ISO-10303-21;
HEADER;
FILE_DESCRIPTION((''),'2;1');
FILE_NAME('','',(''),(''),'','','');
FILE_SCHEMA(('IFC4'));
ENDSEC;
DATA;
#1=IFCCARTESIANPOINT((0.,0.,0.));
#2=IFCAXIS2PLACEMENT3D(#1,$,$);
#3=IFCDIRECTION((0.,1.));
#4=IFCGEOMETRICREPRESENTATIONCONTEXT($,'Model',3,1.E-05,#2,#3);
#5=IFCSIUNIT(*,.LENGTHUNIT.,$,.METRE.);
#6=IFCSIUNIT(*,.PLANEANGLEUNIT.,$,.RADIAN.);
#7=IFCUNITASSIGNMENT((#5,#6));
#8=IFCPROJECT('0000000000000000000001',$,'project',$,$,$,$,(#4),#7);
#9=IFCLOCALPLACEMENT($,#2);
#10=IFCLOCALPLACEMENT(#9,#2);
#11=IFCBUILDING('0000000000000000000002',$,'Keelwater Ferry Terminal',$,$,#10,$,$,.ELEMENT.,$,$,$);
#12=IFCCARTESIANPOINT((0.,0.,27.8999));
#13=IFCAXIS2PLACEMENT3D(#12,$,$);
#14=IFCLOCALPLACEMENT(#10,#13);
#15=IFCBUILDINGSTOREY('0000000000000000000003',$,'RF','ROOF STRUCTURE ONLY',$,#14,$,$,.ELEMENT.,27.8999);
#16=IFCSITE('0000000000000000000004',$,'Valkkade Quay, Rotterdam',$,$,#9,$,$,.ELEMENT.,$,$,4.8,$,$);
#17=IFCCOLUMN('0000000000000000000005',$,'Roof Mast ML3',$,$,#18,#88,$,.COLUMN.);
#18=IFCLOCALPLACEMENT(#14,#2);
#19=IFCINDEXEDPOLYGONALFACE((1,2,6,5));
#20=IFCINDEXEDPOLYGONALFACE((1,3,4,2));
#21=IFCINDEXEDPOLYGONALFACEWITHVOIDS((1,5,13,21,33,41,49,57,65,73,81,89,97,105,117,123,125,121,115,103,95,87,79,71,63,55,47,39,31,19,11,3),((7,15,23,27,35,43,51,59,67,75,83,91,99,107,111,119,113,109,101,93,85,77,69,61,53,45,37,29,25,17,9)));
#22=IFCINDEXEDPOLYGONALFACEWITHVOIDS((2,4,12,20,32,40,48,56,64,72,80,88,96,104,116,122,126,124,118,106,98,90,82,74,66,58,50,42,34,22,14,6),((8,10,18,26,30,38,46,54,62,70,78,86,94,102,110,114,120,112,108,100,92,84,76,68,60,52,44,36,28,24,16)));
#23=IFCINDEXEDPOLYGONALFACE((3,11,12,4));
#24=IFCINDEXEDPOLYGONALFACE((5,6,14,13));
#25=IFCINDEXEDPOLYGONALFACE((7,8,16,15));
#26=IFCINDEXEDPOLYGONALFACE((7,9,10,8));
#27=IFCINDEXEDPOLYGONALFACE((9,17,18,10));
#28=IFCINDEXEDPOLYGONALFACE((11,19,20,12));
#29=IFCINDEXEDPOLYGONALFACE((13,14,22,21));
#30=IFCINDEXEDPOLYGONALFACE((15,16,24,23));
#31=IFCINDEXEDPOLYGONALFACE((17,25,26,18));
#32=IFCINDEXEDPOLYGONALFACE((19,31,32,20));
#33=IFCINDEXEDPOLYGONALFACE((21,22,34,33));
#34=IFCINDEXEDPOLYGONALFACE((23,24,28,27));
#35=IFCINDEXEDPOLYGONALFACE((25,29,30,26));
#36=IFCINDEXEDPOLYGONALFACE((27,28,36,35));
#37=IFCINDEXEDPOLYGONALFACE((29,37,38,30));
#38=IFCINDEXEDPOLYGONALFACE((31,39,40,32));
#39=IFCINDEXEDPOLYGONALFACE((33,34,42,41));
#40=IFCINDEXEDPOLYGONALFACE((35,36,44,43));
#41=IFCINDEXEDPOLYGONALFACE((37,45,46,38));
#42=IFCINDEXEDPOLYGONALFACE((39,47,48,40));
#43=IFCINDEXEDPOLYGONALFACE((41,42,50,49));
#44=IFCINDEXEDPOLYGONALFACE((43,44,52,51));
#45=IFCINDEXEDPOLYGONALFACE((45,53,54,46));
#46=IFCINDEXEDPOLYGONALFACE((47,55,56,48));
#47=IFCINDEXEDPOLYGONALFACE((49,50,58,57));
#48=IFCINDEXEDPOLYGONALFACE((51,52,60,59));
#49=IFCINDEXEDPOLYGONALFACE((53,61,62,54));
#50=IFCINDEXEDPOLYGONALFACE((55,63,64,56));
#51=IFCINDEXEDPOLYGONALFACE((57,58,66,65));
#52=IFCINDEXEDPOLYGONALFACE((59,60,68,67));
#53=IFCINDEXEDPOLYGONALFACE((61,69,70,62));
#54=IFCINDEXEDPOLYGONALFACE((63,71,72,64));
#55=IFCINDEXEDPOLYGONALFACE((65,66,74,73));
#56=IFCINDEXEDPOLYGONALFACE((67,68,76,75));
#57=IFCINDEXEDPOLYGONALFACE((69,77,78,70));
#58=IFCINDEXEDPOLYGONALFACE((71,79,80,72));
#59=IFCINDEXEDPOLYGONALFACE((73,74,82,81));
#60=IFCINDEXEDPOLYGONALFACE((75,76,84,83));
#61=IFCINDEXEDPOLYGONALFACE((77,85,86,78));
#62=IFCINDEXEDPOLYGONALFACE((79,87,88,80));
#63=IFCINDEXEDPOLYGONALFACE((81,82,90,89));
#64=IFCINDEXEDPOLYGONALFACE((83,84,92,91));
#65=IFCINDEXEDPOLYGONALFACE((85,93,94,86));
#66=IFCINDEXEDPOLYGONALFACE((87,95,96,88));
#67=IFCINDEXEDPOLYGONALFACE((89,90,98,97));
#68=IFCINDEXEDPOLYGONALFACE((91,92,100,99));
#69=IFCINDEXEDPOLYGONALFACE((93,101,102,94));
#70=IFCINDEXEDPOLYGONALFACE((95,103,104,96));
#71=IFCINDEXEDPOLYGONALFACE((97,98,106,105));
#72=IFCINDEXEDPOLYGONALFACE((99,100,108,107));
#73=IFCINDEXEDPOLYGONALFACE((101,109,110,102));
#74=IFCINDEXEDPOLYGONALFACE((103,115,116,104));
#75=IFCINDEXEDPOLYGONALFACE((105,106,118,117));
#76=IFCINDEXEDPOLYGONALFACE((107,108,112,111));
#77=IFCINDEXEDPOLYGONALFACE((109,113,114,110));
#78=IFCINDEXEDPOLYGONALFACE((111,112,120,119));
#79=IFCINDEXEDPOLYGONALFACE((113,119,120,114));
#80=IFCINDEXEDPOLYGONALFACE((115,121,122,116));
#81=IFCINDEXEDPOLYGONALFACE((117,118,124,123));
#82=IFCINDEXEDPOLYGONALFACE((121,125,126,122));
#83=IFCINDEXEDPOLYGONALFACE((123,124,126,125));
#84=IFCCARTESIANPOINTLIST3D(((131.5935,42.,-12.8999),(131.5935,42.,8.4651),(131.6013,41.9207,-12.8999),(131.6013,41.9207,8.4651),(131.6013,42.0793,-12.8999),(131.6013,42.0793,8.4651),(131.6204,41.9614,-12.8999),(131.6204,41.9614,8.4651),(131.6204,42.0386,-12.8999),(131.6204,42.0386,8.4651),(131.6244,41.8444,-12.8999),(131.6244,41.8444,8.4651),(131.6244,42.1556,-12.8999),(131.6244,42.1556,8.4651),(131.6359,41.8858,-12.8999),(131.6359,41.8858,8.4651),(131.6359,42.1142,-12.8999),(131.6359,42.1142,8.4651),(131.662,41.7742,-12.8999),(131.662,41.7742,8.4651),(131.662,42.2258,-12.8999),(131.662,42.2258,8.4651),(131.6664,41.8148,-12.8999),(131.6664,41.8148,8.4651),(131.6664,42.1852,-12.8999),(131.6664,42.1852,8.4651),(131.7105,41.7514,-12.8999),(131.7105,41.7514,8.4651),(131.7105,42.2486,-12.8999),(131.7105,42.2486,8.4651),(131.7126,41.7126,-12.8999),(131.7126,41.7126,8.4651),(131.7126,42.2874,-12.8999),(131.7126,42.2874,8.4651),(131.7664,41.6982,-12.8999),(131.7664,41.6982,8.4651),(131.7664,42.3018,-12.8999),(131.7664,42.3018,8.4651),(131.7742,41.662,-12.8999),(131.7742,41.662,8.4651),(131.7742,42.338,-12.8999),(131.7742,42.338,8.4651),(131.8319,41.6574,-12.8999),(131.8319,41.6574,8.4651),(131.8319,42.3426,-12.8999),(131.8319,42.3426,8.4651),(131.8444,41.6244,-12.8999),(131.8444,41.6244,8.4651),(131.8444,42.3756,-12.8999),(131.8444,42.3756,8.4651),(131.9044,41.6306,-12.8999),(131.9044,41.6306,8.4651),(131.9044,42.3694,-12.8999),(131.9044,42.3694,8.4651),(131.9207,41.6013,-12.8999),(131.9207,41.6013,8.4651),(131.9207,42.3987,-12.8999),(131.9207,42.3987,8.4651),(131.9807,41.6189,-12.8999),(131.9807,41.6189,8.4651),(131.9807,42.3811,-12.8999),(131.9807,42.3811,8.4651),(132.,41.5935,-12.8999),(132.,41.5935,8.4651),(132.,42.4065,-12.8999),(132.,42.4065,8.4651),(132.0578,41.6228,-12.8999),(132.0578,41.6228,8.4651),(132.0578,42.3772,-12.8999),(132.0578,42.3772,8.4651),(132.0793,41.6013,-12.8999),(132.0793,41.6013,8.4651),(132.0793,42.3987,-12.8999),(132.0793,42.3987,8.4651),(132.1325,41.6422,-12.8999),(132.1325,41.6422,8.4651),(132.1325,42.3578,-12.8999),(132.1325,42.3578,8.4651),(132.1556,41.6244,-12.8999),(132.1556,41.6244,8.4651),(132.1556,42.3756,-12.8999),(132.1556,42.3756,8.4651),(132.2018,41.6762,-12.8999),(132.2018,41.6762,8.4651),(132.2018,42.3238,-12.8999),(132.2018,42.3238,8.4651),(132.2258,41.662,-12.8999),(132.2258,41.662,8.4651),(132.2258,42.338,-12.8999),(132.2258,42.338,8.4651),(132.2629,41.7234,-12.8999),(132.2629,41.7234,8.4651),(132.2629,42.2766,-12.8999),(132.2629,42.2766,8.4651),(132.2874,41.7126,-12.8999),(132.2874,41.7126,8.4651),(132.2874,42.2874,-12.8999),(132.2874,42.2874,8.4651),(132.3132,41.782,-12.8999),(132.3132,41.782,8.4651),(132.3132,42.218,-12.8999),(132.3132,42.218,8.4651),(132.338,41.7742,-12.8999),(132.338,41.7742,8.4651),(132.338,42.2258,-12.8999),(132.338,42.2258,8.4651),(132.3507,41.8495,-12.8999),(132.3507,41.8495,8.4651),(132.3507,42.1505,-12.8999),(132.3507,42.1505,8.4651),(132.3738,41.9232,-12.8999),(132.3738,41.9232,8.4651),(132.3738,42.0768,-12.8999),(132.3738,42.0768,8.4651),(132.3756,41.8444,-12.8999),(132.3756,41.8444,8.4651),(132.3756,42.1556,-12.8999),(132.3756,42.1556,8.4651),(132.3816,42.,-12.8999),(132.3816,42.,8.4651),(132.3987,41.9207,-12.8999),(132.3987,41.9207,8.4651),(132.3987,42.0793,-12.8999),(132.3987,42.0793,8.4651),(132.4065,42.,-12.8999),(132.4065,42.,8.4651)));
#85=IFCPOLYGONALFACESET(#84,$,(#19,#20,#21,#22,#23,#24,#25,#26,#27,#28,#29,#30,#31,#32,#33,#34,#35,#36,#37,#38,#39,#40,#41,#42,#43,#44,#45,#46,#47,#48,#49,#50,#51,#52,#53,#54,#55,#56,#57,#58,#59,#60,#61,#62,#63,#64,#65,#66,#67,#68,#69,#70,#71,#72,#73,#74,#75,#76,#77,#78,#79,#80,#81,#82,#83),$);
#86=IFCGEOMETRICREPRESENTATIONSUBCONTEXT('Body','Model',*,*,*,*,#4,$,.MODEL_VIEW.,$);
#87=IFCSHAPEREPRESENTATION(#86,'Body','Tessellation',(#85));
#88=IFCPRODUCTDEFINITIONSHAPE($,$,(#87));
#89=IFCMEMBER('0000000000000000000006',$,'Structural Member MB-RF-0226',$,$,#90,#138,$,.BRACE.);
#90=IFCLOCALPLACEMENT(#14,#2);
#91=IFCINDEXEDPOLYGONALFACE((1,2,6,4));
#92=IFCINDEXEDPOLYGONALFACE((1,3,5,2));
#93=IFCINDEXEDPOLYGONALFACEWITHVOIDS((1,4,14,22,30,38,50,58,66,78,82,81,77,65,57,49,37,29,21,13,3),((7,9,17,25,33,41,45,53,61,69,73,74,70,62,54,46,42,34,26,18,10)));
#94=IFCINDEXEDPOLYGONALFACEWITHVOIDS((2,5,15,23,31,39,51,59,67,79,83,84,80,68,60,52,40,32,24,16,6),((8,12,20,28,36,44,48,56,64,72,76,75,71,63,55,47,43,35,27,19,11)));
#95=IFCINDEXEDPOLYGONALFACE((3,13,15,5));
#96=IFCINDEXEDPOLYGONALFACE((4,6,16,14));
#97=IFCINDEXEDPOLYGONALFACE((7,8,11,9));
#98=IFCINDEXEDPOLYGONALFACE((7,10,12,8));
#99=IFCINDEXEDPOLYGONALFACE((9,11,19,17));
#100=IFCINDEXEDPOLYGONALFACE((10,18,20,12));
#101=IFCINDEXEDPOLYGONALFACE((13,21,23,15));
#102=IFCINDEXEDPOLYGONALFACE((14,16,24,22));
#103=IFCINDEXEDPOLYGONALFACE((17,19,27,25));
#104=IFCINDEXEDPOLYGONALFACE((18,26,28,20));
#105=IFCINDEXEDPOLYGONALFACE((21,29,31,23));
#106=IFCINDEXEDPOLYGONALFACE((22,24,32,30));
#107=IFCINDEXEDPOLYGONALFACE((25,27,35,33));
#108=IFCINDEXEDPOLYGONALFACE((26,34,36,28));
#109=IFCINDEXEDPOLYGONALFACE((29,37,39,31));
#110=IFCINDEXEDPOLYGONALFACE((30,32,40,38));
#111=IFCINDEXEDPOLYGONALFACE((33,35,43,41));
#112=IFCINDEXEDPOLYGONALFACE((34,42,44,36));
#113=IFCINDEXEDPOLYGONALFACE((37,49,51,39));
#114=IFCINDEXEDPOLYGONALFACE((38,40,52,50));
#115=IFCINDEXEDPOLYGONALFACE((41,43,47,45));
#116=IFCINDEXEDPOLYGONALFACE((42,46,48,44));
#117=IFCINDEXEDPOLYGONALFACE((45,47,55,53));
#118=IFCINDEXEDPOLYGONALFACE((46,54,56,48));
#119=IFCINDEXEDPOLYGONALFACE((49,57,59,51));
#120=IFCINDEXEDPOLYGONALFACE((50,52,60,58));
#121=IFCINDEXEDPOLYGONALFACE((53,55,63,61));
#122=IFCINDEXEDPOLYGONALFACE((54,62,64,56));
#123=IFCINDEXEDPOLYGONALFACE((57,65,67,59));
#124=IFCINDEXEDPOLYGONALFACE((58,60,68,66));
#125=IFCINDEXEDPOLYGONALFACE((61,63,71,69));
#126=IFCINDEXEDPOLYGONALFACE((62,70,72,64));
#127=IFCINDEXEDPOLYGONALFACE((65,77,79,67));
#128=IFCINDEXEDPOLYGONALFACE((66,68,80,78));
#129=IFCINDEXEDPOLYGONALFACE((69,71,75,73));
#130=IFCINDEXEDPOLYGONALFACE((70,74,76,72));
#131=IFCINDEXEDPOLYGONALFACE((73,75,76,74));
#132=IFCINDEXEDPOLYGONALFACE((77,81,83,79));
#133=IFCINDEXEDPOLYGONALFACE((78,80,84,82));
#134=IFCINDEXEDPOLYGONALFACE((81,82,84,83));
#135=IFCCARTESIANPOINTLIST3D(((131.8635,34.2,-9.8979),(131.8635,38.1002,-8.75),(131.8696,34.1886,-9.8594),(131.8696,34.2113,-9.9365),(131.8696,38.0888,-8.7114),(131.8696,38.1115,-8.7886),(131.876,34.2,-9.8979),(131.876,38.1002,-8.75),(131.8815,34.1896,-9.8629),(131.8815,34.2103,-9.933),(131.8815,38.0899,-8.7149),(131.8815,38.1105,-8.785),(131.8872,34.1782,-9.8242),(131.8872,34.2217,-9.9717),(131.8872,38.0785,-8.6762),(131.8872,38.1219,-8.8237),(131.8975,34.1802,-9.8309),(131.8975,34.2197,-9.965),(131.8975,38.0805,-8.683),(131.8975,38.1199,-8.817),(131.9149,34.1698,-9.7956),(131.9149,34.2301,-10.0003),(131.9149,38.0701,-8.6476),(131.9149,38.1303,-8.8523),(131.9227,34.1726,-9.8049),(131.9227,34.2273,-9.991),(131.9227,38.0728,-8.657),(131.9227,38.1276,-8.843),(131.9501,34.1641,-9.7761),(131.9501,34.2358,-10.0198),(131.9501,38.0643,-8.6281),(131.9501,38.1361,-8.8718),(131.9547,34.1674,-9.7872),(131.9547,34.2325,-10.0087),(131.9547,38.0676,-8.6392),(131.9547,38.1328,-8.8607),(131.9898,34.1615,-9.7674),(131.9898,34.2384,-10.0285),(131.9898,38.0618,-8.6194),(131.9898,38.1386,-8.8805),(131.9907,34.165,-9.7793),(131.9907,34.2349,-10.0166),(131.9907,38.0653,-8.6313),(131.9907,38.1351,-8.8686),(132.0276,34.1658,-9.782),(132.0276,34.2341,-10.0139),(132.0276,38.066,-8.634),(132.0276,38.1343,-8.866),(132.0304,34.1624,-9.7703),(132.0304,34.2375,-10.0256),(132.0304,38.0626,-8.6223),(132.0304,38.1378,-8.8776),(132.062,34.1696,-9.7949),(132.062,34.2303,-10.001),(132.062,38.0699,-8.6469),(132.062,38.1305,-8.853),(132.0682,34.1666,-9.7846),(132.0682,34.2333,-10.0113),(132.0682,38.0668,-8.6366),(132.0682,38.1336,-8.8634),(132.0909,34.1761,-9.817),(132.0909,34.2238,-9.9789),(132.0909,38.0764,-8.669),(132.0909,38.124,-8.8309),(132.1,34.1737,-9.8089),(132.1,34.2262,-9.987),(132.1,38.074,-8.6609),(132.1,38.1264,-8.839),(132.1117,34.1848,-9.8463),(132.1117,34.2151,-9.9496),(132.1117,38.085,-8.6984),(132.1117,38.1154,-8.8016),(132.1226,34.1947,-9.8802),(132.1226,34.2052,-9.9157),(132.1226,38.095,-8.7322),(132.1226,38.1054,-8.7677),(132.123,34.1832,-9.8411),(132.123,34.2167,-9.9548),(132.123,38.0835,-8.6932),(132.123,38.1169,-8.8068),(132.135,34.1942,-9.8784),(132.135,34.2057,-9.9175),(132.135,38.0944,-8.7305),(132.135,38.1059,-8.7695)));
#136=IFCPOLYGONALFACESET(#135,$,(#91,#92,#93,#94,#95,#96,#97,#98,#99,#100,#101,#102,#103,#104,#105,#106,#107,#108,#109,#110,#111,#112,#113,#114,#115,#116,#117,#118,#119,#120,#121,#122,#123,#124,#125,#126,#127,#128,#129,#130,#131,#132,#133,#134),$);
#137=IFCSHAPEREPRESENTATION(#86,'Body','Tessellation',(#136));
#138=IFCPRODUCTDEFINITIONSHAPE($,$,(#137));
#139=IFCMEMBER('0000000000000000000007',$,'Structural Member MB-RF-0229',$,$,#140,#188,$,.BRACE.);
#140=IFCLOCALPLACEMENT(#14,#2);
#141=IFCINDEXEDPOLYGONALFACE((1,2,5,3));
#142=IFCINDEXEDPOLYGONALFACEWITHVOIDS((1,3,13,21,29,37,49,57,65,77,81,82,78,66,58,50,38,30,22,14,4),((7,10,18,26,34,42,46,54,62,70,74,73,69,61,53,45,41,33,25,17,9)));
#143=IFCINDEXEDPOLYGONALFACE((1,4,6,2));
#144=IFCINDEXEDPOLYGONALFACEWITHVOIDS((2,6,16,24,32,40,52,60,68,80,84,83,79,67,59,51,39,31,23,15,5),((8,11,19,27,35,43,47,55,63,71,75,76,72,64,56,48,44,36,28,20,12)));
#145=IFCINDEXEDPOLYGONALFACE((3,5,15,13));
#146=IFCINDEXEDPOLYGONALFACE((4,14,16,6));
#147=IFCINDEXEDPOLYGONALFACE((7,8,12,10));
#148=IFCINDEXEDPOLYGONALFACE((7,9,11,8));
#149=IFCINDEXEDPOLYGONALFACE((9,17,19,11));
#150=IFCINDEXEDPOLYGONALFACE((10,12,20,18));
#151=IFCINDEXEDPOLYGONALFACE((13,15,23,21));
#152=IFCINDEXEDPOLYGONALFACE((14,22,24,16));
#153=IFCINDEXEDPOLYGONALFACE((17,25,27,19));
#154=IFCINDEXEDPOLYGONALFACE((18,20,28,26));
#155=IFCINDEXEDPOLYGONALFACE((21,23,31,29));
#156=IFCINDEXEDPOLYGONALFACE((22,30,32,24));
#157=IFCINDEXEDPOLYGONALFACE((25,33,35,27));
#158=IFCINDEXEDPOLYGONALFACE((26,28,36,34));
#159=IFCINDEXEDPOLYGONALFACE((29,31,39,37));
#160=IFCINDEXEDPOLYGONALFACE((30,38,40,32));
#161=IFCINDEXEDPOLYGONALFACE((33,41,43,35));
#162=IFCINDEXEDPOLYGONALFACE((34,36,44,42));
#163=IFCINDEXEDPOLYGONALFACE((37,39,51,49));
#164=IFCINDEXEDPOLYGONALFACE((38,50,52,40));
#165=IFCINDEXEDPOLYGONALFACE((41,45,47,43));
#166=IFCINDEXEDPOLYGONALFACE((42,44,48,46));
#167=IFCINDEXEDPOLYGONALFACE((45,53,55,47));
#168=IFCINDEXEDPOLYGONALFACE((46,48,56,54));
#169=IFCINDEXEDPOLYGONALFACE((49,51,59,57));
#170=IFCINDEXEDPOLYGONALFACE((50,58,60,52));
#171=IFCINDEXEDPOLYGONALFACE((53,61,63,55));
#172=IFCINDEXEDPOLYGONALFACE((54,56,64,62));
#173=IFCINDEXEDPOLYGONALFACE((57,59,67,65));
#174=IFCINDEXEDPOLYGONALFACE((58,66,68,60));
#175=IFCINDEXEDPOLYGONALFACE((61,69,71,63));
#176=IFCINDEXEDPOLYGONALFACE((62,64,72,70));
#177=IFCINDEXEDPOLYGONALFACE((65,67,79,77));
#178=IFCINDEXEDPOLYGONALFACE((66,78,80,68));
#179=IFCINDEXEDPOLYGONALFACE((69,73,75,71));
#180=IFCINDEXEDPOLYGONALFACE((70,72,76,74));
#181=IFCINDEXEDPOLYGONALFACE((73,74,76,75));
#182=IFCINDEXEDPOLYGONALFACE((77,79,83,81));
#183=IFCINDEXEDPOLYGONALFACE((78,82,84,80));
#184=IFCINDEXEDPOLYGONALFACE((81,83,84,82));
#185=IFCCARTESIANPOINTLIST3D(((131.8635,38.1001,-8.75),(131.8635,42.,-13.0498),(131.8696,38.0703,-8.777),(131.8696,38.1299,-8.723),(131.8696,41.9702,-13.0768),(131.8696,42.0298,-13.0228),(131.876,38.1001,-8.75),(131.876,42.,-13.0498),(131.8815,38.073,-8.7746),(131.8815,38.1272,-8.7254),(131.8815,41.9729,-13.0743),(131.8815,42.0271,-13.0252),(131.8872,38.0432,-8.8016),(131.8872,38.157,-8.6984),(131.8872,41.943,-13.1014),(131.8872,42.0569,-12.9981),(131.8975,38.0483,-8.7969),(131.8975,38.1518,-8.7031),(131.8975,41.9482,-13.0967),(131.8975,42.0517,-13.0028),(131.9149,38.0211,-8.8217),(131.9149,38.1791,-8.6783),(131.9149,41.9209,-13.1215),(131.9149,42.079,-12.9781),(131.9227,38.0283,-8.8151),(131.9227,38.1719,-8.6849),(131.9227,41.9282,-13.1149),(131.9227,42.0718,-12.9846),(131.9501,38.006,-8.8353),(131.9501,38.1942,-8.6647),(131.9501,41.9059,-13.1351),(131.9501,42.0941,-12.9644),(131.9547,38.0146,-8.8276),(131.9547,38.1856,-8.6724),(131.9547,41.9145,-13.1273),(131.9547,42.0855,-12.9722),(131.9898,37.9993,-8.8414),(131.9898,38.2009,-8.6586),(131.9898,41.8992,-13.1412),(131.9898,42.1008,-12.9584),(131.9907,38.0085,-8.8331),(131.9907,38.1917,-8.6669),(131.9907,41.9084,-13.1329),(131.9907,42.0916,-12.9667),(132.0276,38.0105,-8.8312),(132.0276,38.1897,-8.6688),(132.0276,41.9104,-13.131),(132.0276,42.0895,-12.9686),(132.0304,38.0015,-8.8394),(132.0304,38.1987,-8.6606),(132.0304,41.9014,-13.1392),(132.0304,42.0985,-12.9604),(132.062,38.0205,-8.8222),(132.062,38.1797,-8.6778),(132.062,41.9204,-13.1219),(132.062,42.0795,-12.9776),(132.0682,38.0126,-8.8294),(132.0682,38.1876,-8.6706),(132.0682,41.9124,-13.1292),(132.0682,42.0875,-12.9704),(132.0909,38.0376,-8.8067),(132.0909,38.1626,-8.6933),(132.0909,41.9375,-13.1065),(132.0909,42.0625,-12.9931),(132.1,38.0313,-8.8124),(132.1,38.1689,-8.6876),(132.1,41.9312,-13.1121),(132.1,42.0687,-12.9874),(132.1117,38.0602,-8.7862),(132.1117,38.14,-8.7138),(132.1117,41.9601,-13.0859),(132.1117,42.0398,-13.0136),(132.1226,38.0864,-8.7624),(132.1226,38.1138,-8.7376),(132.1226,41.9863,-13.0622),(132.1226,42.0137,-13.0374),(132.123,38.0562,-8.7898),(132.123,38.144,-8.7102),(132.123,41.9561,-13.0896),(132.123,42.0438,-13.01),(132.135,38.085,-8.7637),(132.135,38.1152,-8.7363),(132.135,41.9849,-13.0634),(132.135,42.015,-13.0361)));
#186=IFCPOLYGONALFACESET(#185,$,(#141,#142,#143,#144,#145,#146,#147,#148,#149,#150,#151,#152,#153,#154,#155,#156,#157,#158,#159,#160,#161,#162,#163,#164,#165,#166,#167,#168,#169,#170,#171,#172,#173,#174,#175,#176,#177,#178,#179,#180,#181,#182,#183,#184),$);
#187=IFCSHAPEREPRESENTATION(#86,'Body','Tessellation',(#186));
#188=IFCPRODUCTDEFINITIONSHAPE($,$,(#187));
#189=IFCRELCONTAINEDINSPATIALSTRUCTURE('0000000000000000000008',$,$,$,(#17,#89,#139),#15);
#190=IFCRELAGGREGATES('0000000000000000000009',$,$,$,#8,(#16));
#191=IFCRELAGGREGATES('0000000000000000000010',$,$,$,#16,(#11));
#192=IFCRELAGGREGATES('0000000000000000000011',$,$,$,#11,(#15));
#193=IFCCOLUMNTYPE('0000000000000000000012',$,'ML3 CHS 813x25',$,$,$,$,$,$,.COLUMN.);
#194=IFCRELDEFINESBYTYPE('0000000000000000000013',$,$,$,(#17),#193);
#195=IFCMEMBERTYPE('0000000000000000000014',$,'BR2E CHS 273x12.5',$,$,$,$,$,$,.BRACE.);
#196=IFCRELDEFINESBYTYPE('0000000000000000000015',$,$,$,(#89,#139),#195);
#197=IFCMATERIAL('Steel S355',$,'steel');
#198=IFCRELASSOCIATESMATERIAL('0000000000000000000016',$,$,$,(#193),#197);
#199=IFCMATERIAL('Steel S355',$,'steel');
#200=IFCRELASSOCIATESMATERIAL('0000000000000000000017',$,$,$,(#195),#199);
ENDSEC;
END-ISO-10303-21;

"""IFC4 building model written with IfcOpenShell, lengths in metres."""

from ifc_helpers import new_model, si_unit, direction, frame, origin, origin_2d, place, context, subcontext, project, spatial, hollow_circle, extrude, material, material_profile, profile_set, type_object, element, save


model = new_model("IFC4")

# Units and contexts
model_context = context("Model", 3, precision=1e-05, world=origin(), true_north=direction((0.0, 1.0)))
body_context = subcontext(model_context, "Body", "Model", "MODEL_VIEW")
ifc_project = project(units=[si_unit("LENGTHUNIT", "METRE"), si_unit("PLANEANGLEUNIT", "RADIAN")], contexts=[model_context])

# Site, building, storey
site_placement = place(None, origin())
site = spatial("IfcSite", under=ifc_project, at=site_placement, Name="Valkkade Quay, Rotterdam", CompositionType="ELEMENT", RefElevation=4.8)
building_placement = place(site_placement, origin())
building = spatial("IfcBuilding", under=site, at=building_placement, Name="Keelwater Ferry Terminal", CompositionType="ELEMENT")
storey_placement = place(building_placement, frame((0.0, 0.0, 27.8999)))
storey = spatial("IfcBuildingStorey", under=building, at=storey_placement, Name="RF", Description="ROOF STRUCTURE ONLY", CompositionType="ELEMENT", Elevation=27.8999)

# Column
ifc_material_1 = material(Name="Steel S355", Category="steel")
ifc_material_profile_1 = material_profile(ifc_material_1, hollow_circle(Radius=0.4065, WallThickness=0.0249, at=origin_2d()), Name="CHS 813x25")
ifc_profile_set_1 = profile_set([ifc_material_profile_1], Name="Steel S355")
column_type = type_object("IfcColumnType", Name="ML3 CHS 813x25", PredefinedType="COLUMN", material=ifc_profile_set_1)
column_placement = place(storey_placement, frame((132.0, 42.0, -12.8999), z_axis=(0.0, 0.0, 1.0), x_axis=(1.0, 0.0, 0.0)))
element("IfcColumn", 1, at=column_placement, inside=storey, type_object=column_type, Name="Roof Mast ML3", PredefinedType="COLUMN", context=body_context, shape_type="SweptSolid", body=[
    extrude(hollow_circle(Radius=0.4065, WallThickness=0.0249, at=origin_2d()), origin(), (0.0, 0.0, 1.0), 21.365),
])

# Members
ifc_material_2 = material(Name="Steel S355", Category="steel")
ifc_material_profile_2 = material_profile(ifc_material_2, hollow_circle(Radius=0.1365, WallThickness=0.0125, at=origin_2d()), Name="CHS 273x12.5")
ifc_profile_set_2 = profile_set([ifc_material_profile_2], Name="Steel S355")
member_type_1 = type_object("IfcMemberType", Name="BR2E CHS 273x12.5", PredefinedType="BRACE", material=ifc_profile_set_2)
member_1_placement = place(storey_placement, frame((132.0, 34.2, -9.8979), z_axis=(0.0, 0.959309, 0.282358), x_axis=(-1.0, 0.0, 0.0)))
element("IfcMember", 2, at=member_1_placement, inside=storey, type_object=member_type_1, Name="Structural Member MB-RF-0226", PredefinedType="BRACE", context=body_context, shape_type="SweptSolid", body=[
    extrude(hollow_circle(Radius=0.1365, WallThickness=0.0125, at=origin_2d()), origin(), (0.0, 0.0, 1.0), 4.0657),
])
member_2_placement = place(storey_placement, frame((132.0, 38.1001, -8.75), z_axis=(0.0, 0.671822, -0.740712), x_axis=(-1.0, 0.0, 0.0)))
element("IfcMember", 3, at=member_2_placement, inside=storey, type_object=member_type_1, Name="Structural Member MB-RF-0229", PredefinedType="BRACE", context=body_context, shape_type="SweptSolid", body=[
    extrude(hollow_circle(Radius=0.1365, WallThickness=0.0125, at=origin_2d()), origin(), (0.0, 0.0, 1.0), 5.8049),
])

save(model, "model.ifc")
